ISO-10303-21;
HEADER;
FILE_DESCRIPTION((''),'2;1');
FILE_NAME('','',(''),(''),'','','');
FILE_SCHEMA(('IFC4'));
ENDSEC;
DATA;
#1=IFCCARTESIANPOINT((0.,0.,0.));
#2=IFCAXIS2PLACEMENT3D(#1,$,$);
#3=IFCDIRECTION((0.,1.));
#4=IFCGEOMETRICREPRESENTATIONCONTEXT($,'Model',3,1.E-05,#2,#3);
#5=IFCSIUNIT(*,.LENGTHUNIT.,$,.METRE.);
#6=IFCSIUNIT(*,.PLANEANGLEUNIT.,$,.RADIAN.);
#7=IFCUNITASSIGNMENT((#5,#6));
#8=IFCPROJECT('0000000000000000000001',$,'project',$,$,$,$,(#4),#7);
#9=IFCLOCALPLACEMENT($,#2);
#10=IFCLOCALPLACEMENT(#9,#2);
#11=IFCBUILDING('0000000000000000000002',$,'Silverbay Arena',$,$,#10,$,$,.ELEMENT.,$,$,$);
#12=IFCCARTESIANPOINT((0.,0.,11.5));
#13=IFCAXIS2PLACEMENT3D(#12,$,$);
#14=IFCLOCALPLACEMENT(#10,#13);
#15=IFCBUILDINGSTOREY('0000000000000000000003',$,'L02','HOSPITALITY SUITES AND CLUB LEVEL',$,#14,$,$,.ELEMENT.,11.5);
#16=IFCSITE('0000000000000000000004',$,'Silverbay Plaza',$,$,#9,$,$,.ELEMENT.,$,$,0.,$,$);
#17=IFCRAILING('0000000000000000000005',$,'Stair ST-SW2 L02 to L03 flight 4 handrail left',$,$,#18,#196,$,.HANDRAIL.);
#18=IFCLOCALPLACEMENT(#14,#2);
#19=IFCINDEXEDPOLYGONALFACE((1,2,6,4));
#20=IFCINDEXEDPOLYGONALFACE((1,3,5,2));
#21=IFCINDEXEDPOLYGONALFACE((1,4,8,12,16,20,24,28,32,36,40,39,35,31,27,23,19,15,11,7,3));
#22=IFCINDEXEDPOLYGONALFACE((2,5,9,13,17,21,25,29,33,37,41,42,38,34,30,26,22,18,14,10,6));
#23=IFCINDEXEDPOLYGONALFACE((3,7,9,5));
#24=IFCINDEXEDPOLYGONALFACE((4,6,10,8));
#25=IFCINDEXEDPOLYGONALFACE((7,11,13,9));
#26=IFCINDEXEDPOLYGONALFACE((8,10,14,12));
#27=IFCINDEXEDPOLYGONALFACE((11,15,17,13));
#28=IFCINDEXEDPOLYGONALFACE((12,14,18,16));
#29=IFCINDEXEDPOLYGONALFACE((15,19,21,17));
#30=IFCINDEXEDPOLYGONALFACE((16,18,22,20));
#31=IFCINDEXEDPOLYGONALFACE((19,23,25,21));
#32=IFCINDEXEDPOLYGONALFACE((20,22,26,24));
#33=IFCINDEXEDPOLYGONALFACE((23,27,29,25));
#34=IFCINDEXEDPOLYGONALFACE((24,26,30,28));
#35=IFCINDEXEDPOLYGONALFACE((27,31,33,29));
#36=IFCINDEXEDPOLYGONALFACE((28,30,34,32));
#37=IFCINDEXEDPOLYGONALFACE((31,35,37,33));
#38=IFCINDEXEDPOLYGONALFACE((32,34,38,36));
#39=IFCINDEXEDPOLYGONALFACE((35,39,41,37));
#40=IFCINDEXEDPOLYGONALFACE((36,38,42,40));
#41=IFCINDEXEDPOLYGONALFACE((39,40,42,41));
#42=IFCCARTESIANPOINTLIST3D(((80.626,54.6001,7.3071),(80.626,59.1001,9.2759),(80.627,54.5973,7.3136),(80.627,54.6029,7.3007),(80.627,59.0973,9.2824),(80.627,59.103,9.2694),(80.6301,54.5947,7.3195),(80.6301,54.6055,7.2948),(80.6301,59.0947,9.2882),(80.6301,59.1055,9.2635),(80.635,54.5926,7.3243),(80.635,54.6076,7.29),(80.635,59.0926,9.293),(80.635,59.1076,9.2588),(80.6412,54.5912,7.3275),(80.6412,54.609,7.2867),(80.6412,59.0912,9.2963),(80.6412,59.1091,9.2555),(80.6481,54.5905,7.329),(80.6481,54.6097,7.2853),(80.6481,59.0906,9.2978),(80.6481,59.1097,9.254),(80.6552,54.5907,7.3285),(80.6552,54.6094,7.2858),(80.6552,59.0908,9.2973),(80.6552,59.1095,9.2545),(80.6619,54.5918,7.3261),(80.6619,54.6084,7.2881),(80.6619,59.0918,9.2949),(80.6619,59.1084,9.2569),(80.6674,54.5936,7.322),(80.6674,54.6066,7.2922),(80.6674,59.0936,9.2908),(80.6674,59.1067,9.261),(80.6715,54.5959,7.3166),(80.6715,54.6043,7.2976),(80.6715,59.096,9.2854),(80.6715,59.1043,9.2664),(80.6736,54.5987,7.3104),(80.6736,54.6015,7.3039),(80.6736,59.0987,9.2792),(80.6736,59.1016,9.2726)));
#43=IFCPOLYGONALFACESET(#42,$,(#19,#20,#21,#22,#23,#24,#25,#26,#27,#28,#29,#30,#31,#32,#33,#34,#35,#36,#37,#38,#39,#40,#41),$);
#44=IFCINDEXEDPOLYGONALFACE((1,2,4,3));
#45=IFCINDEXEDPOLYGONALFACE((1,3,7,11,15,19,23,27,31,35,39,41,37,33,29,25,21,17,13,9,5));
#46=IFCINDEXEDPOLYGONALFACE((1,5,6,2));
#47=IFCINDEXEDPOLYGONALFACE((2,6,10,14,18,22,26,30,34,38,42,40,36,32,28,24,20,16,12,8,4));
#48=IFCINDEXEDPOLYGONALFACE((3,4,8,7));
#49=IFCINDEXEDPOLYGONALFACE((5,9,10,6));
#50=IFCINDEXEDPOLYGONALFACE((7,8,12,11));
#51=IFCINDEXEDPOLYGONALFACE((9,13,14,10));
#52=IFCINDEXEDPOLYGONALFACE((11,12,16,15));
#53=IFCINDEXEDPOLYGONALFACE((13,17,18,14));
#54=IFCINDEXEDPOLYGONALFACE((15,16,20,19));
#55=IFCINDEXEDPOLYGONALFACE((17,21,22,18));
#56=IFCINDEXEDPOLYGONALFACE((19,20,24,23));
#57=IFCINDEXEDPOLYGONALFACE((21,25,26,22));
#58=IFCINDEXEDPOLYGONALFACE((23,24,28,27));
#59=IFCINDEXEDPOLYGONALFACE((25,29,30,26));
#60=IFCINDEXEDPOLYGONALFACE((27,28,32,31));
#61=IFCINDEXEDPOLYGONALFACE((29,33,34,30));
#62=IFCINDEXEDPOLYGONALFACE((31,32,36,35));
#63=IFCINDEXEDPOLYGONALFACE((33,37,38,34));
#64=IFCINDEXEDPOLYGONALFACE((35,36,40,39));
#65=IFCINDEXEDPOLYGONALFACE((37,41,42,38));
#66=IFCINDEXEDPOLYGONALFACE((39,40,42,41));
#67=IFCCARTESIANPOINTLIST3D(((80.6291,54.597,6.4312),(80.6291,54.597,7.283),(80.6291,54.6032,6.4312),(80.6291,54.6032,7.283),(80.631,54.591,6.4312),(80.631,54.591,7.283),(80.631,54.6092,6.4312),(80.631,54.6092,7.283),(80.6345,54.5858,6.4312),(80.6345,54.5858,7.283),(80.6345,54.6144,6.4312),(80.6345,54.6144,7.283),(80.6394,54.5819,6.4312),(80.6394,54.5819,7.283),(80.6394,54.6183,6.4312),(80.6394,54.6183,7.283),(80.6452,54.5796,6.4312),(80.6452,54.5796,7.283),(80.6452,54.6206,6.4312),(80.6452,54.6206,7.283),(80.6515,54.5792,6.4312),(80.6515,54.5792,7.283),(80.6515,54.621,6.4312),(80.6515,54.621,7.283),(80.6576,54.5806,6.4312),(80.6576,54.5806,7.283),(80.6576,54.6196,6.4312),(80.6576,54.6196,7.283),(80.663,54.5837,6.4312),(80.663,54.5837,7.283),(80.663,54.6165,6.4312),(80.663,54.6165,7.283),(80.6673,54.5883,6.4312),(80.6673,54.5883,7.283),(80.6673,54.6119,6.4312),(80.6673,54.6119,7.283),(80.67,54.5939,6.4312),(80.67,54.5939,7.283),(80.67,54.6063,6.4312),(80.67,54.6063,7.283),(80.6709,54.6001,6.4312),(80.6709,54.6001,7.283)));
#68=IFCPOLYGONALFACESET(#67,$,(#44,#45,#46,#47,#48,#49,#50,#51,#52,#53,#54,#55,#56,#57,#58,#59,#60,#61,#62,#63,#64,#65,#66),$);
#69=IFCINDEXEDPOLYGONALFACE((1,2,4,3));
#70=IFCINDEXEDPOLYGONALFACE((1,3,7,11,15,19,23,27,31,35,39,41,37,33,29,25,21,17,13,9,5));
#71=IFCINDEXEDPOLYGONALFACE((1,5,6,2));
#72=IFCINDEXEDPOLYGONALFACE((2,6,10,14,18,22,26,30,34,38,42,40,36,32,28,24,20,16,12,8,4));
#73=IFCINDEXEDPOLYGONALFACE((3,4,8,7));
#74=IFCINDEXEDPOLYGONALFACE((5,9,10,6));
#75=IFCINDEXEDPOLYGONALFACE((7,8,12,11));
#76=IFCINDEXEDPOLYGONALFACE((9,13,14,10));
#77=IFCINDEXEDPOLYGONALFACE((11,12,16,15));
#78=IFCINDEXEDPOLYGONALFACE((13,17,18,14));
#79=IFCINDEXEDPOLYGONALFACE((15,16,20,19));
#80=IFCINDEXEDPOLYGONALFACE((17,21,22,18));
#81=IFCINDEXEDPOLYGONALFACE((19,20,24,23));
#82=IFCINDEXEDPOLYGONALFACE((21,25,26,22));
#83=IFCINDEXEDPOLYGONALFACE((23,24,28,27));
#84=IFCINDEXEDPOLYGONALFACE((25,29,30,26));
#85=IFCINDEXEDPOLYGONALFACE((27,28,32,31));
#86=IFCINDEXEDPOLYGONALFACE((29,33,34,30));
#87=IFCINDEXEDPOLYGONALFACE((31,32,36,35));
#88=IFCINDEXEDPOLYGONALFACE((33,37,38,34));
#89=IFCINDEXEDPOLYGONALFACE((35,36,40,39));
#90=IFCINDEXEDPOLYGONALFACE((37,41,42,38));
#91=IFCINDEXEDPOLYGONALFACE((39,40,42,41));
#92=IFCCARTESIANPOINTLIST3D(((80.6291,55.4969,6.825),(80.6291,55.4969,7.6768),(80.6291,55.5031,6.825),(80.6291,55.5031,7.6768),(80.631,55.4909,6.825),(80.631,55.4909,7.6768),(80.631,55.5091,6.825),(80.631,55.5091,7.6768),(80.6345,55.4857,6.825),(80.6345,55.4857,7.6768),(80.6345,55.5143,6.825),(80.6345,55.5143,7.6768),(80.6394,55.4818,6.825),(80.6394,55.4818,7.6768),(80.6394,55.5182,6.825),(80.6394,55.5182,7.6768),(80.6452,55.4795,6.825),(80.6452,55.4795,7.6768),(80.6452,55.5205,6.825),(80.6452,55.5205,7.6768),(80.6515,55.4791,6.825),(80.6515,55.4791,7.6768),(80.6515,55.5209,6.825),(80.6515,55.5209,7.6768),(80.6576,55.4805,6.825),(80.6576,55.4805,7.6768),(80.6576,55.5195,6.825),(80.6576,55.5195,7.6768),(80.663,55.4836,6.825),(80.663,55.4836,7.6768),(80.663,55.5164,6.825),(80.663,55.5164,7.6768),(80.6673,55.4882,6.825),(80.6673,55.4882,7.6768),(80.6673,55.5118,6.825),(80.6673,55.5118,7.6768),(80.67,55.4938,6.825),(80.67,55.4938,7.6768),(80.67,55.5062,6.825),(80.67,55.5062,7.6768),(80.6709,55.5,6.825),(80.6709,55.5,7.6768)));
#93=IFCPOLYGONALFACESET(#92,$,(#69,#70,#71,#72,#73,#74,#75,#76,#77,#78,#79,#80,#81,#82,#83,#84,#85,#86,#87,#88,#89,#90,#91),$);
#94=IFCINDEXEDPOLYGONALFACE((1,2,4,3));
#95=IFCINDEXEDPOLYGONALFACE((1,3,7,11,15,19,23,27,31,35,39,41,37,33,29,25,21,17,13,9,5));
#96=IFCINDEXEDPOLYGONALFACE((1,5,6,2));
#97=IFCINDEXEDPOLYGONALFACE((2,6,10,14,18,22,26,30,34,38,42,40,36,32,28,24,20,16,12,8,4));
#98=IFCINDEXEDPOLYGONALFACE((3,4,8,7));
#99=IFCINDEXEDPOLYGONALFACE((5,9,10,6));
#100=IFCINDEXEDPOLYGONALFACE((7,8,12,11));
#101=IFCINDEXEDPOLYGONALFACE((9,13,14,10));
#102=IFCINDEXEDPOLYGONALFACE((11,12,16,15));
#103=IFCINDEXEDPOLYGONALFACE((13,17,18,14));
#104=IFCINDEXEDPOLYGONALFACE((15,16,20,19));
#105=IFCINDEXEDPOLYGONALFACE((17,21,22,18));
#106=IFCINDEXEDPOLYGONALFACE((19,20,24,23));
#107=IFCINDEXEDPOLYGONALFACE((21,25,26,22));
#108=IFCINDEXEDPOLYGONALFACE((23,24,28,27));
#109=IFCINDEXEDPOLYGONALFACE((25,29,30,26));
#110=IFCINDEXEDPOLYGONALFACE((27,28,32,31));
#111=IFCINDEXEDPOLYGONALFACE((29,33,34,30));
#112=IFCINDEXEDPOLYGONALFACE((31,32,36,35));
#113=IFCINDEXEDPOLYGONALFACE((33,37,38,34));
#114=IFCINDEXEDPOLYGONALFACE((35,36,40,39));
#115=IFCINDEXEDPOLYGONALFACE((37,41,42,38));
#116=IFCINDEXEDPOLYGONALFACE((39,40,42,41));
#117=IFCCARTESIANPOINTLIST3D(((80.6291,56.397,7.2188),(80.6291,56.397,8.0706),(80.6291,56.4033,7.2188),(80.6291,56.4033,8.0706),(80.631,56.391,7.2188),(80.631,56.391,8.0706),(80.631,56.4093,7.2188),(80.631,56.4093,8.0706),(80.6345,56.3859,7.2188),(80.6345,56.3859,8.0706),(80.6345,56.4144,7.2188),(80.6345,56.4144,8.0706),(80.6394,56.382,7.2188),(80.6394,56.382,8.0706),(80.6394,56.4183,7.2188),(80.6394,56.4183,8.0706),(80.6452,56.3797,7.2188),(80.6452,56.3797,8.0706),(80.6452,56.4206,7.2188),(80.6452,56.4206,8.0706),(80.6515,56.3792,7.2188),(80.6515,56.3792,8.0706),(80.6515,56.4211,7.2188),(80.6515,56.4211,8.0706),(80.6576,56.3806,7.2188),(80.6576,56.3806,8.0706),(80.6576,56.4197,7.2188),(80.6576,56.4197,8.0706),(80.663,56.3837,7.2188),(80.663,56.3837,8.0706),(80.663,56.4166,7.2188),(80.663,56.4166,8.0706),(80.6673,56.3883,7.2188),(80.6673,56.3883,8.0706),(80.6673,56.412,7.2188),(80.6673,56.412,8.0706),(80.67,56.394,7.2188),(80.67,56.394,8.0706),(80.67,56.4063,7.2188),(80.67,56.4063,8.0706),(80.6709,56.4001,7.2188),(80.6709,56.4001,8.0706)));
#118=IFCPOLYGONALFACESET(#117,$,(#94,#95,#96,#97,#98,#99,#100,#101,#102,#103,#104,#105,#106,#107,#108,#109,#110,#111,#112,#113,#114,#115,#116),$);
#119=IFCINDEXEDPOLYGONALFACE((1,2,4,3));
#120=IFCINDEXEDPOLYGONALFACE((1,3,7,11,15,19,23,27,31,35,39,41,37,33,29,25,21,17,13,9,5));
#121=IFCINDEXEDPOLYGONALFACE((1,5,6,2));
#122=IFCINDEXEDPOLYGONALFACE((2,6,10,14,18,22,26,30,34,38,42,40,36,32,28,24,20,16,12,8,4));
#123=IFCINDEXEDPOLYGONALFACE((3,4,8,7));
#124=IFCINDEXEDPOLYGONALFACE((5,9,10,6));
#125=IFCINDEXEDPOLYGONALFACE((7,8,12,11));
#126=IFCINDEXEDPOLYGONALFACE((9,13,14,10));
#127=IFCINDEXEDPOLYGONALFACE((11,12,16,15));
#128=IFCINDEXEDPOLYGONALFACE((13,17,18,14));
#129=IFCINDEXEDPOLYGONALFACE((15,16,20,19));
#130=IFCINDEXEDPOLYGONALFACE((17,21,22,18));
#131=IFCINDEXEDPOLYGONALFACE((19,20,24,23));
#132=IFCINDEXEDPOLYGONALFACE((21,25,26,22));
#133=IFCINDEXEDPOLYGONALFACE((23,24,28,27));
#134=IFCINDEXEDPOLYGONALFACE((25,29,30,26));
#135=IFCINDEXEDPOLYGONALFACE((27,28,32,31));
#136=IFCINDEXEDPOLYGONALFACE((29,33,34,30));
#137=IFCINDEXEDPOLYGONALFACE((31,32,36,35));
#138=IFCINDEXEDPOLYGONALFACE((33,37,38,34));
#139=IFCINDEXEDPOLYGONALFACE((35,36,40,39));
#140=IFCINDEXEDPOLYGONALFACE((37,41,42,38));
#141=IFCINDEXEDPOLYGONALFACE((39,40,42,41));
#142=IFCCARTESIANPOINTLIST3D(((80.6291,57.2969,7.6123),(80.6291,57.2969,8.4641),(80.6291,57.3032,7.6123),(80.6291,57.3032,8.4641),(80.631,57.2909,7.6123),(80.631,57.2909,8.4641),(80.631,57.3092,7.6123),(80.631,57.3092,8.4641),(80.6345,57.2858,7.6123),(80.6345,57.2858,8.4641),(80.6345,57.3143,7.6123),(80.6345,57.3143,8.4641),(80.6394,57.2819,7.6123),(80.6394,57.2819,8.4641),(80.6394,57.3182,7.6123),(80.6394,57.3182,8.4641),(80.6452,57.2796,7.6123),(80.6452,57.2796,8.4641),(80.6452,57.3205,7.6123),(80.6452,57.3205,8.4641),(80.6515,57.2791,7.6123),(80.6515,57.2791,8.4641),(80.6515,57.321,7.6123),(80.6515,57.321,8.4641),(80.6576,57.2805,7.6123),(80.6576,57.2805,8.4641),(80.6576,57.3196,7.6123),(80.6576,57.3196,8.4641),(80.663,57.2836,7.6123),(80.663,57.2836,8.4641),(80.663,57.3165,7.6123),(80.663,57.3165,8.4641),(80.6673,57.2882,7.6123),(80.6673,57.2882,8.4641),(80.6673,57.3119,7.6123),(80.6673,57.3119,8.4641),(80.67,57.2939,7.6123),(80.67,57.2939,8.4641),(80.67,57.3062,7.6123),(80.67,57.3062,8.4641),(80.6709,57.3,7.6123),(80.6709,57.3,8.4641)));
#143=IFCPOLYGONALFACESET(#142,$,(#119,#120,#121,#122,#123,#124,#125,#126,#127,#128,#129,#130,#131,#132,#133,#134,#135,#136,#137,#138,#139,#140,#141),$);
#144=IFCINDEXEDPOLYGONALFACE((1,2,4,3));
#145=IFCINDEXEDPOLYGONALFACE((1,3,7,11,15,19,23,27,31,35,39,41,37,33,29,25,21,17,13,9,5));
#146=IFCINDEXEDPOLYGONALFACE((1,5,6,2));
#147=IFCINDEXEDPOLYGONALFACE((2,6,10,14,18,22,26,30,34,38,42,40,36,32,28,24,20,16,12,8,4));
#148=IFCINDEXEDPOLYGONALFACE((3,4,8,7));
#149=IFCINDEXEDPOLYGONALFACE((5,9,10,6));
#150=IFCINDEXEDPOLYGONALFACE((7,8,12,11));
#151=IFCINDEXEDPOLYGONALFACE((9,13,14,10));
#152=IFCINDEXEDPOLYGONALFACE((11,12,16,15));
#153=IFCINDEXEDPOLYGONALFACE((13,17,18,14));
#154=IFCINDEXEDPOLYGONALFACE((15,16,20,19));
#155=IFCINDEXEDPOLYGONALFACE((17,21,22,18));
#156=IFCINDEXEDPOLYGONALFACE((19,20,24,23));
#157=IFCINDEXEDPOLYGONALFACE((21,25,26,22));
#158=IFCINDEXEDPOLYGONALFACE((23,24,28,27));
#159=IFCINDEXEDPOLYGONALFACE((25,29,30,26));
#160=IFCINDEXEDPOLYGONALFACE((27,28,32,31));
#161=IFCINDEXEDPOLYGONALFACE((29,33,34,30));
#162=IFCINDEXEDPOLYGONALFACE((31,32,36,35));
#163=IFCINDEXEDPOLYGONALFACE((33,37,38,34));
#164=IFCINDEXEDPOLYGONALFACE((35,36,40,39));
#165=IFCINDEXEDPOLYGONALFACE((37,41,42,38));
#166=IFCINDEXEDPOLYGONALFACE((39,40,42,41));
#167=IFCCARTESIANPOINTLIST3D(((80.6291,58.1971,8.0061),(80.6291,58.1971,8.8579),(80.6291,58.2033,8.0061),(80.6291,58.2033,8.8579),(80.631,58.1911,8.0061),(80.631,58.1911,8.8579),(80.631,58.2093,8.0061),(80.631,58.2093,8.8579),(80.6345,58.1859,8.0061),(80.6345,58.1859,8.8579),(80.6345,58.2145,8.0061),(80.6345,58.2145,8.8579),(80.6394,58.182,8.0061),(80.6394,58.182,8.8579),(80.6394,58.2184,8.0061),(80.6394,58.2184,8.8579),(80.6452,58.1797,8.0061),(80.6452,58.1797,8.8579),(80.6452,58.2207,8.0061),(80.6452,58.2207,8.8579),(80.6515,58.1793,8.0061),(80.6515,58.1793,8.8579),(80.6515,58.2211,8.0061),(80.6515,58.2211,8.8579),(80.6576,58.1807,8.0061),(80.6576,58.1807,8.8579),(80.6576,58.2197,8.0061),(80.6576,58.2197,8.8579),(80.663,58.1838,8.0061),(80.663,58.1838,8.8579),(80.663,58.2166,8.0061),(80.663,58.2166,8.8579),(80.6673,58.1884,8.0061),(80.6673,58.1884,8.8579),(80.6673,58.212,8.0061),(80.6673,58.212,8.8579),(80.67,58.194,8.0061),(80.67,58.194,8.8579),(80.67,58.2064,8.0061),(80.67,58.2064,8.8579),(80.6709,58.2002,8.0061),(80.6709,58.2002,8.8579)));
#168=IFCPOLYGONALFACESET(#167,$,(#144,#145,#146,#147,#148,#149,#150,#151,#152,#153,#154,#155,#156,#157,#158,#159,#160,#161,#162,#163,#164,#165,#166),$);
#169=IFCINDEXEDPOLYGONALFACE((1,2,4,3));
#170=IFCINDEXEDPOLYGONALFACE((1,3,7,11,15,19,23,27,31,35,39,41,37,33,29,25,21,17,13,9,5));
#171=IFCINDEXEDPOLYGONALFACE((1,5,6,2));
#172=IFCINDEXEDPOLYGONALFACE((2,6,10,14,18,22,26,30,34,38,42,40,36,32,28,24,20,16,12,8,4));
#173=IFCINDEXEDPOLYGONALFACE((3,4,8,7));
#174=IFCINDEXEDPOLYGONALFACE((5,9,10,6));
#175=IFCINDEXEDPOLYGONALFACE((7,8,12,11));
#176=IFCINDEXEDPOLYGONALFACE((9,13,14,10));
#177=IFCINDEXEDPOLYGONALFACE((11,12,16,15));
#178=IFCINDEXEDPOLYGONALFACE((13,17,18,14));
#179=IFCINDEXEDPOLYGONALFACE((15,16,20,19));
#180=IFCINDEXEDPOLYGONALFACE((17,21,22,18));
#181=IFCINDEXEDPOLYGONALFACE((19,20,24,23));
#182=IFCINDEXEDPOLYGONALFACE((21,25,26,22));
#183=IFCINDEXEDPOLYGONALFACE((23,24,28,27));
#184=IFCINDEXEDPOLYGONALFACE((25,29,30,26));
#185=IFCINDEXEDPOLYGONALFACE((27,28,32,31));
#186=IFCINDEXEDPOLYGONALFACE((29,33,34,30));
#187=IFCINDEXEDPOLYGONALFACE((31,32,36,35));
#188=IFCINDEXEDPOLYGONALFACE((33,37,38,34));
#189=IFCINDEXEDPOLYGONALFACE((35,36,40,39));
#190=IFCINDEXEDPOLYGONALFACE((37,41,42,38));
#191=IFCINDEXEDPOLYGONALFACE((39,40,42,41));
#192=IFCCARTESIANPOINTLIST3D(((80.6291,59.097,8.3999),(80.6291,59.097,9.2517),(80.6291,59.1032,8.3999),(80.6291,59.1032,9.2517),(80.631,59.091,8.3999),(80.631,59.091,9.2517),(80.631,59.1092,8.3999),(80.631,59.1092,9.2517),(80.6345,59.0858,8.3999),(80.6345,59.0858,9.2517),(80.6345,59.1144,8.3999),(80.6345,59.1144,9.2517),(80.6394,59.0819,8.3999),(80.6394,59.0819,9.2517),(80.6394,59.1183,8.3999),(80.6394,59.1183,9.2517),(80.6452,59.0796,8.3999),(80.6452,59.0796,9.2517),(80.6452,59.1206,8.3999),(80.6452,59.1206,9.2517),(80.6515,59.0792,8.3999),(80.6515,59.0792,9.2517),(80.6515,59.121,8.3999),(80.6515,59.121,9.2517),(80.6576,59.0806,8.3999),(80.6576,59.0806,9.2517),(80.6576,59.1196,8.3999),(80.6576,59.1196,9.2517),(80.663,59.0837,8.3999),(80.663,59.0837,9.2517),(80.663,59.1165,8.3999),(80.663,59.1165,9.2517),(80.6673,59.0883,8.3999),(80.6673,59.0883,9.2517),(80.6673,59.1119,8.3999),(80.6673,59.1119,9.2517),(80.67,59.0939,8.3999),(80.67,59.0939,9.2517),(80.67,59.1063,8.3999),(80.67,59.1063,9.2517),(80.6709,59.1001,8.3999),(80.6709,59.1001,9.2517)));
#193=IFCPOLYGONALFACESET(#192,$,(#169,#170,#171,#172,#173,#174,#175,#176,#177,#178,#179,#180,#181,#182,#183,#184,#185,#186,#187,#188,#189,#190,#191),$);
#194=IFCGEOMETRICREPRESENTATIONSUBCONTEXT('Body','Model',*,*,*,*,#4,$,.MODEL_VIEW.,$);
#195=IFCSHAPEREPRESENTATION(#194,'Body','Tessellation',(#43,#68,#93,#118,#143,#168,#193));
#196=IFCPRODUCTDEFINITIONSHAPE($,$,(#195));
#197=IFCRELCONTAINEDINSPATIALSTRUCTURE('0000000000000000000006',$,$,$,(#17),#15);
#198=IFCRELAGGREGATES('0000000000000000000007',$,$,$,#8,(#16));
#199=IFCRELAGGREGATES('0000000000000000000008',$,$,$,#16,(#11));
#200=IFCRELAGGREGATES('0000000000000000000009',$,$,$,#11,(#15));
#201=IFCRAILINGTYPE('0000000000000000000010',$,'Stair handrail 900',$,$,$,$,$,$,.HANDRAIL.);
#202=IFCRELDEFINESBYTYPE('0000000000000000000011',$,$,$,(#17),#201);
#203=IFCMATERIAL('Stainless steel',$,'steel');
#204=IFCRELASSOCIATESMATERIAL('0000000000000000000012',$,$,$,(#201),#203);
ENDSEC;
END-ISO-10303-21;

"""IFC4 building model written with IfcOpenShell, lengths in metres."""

from ifc_helpers import new_model, si_unit, direction, frame, origin, origin_2d, place, context, subcontext, project, spatial, circle, extrude, material, type_object, element, save


model = new_model("IFC4")

# Units and contexts
model_context = context("Model", 3, precision=1e-05, world=origin(), true_north=direction((0.0, 1.0)))
body_context = subcontext(model_context, "Body", "Model", "MODEL_VIEW")
ifc_project = project(units=[si_unit("LENGTHUNIT", "METRE"), si_unit("PLANEANGLEUNIT", "RADIAN")], contexts=[model_context])

# Site, building, storey
site_placement = place(None, origin())
site = spatial("IfcSite", under=ifc_project, at=site_placement, Name="Silverbay Plaza", CompositionType="ELEMENT", RefElevation=0.0)
building_placement = place(site_placement, origin())
building = spatial("IfcBuilding", under=site, at=building_placement, Name="Silverbay Arena", CompositionType="ELEMENT")
storey_placement = place(building_placement, frame((0.0, 0.0, 11.5)))
storey = spatial("IfcBuildingStorey", under=building, at=storey_placement, Name="L02", Description="HOSPITALITY SUITES AND CLUB LEVEL", CompositionType="ELEMENT", Elevation=11.5)

# Railing
ifc_material_1 = material(Name="Stainless steel", Category="steel")
railing_type_1 = type_object("IfcRailingType", Name="Stair handrail 900", PredefinedType="HANDRAIL", material=ifc_material_1)
for number, where, name in (
    (1, (80.6499, 54.6001, 6.4312), "Stair ST-SW2 L02 to L03 flight 4 handrail left"),
):
    element("IfcRailing", number, at=place(storey_placement, frame(where)), inside=storey, type_object=railing_type_1, Name=name, PredefinedType="HANDRAIL", context=body_context, shape_type="SweptSolid", body=[
        extrude(circle(Radius=0.0239, at=origin_2d()), frame((0.0, 0.0, 0.876), z_axis=(0.0, 0.916157, 0.400819), x_axis=(-1.0, 0.0, 0.0)), (0.0, 0.0, 1.0), 4.9119),
        extrude(circle(Radius=0.021, at=origin_2d()), origin(), (0.0, 0.0, 1.0), 0.8518),
        extrude(circle(Radius=0.021, at=origin_2d()), frame((0.0, 0.8999, 0.3938)), (0.0, 0.0, 1.0), 0.8518),
        extrude(circle(Radius=0.021, at=origin_2d()), frame((0.0, 1.8, 0.7876)), (0.0, 0.0, 1.0), 0.8518),
        extrude(circle(Radius=0.021, at=origin_2d()), frame((0.0, 2.7, 1.1812)), (0.0, 0.0, 1.0), 0.8518),
        extrude(circle(Radius=0.021, at=origin_2d()), frame((0.0, 3.6001, 1.575)), (0.0, 0.0, 1.0), 0.8518),
        extrude(circle(Radius=0.021, at=origin_2d()), frame((0.0, 4.5, 1.9688)), (0.0, 0.0, 1.0), 0.8518),
    ])

save(model, "model.ifc")
